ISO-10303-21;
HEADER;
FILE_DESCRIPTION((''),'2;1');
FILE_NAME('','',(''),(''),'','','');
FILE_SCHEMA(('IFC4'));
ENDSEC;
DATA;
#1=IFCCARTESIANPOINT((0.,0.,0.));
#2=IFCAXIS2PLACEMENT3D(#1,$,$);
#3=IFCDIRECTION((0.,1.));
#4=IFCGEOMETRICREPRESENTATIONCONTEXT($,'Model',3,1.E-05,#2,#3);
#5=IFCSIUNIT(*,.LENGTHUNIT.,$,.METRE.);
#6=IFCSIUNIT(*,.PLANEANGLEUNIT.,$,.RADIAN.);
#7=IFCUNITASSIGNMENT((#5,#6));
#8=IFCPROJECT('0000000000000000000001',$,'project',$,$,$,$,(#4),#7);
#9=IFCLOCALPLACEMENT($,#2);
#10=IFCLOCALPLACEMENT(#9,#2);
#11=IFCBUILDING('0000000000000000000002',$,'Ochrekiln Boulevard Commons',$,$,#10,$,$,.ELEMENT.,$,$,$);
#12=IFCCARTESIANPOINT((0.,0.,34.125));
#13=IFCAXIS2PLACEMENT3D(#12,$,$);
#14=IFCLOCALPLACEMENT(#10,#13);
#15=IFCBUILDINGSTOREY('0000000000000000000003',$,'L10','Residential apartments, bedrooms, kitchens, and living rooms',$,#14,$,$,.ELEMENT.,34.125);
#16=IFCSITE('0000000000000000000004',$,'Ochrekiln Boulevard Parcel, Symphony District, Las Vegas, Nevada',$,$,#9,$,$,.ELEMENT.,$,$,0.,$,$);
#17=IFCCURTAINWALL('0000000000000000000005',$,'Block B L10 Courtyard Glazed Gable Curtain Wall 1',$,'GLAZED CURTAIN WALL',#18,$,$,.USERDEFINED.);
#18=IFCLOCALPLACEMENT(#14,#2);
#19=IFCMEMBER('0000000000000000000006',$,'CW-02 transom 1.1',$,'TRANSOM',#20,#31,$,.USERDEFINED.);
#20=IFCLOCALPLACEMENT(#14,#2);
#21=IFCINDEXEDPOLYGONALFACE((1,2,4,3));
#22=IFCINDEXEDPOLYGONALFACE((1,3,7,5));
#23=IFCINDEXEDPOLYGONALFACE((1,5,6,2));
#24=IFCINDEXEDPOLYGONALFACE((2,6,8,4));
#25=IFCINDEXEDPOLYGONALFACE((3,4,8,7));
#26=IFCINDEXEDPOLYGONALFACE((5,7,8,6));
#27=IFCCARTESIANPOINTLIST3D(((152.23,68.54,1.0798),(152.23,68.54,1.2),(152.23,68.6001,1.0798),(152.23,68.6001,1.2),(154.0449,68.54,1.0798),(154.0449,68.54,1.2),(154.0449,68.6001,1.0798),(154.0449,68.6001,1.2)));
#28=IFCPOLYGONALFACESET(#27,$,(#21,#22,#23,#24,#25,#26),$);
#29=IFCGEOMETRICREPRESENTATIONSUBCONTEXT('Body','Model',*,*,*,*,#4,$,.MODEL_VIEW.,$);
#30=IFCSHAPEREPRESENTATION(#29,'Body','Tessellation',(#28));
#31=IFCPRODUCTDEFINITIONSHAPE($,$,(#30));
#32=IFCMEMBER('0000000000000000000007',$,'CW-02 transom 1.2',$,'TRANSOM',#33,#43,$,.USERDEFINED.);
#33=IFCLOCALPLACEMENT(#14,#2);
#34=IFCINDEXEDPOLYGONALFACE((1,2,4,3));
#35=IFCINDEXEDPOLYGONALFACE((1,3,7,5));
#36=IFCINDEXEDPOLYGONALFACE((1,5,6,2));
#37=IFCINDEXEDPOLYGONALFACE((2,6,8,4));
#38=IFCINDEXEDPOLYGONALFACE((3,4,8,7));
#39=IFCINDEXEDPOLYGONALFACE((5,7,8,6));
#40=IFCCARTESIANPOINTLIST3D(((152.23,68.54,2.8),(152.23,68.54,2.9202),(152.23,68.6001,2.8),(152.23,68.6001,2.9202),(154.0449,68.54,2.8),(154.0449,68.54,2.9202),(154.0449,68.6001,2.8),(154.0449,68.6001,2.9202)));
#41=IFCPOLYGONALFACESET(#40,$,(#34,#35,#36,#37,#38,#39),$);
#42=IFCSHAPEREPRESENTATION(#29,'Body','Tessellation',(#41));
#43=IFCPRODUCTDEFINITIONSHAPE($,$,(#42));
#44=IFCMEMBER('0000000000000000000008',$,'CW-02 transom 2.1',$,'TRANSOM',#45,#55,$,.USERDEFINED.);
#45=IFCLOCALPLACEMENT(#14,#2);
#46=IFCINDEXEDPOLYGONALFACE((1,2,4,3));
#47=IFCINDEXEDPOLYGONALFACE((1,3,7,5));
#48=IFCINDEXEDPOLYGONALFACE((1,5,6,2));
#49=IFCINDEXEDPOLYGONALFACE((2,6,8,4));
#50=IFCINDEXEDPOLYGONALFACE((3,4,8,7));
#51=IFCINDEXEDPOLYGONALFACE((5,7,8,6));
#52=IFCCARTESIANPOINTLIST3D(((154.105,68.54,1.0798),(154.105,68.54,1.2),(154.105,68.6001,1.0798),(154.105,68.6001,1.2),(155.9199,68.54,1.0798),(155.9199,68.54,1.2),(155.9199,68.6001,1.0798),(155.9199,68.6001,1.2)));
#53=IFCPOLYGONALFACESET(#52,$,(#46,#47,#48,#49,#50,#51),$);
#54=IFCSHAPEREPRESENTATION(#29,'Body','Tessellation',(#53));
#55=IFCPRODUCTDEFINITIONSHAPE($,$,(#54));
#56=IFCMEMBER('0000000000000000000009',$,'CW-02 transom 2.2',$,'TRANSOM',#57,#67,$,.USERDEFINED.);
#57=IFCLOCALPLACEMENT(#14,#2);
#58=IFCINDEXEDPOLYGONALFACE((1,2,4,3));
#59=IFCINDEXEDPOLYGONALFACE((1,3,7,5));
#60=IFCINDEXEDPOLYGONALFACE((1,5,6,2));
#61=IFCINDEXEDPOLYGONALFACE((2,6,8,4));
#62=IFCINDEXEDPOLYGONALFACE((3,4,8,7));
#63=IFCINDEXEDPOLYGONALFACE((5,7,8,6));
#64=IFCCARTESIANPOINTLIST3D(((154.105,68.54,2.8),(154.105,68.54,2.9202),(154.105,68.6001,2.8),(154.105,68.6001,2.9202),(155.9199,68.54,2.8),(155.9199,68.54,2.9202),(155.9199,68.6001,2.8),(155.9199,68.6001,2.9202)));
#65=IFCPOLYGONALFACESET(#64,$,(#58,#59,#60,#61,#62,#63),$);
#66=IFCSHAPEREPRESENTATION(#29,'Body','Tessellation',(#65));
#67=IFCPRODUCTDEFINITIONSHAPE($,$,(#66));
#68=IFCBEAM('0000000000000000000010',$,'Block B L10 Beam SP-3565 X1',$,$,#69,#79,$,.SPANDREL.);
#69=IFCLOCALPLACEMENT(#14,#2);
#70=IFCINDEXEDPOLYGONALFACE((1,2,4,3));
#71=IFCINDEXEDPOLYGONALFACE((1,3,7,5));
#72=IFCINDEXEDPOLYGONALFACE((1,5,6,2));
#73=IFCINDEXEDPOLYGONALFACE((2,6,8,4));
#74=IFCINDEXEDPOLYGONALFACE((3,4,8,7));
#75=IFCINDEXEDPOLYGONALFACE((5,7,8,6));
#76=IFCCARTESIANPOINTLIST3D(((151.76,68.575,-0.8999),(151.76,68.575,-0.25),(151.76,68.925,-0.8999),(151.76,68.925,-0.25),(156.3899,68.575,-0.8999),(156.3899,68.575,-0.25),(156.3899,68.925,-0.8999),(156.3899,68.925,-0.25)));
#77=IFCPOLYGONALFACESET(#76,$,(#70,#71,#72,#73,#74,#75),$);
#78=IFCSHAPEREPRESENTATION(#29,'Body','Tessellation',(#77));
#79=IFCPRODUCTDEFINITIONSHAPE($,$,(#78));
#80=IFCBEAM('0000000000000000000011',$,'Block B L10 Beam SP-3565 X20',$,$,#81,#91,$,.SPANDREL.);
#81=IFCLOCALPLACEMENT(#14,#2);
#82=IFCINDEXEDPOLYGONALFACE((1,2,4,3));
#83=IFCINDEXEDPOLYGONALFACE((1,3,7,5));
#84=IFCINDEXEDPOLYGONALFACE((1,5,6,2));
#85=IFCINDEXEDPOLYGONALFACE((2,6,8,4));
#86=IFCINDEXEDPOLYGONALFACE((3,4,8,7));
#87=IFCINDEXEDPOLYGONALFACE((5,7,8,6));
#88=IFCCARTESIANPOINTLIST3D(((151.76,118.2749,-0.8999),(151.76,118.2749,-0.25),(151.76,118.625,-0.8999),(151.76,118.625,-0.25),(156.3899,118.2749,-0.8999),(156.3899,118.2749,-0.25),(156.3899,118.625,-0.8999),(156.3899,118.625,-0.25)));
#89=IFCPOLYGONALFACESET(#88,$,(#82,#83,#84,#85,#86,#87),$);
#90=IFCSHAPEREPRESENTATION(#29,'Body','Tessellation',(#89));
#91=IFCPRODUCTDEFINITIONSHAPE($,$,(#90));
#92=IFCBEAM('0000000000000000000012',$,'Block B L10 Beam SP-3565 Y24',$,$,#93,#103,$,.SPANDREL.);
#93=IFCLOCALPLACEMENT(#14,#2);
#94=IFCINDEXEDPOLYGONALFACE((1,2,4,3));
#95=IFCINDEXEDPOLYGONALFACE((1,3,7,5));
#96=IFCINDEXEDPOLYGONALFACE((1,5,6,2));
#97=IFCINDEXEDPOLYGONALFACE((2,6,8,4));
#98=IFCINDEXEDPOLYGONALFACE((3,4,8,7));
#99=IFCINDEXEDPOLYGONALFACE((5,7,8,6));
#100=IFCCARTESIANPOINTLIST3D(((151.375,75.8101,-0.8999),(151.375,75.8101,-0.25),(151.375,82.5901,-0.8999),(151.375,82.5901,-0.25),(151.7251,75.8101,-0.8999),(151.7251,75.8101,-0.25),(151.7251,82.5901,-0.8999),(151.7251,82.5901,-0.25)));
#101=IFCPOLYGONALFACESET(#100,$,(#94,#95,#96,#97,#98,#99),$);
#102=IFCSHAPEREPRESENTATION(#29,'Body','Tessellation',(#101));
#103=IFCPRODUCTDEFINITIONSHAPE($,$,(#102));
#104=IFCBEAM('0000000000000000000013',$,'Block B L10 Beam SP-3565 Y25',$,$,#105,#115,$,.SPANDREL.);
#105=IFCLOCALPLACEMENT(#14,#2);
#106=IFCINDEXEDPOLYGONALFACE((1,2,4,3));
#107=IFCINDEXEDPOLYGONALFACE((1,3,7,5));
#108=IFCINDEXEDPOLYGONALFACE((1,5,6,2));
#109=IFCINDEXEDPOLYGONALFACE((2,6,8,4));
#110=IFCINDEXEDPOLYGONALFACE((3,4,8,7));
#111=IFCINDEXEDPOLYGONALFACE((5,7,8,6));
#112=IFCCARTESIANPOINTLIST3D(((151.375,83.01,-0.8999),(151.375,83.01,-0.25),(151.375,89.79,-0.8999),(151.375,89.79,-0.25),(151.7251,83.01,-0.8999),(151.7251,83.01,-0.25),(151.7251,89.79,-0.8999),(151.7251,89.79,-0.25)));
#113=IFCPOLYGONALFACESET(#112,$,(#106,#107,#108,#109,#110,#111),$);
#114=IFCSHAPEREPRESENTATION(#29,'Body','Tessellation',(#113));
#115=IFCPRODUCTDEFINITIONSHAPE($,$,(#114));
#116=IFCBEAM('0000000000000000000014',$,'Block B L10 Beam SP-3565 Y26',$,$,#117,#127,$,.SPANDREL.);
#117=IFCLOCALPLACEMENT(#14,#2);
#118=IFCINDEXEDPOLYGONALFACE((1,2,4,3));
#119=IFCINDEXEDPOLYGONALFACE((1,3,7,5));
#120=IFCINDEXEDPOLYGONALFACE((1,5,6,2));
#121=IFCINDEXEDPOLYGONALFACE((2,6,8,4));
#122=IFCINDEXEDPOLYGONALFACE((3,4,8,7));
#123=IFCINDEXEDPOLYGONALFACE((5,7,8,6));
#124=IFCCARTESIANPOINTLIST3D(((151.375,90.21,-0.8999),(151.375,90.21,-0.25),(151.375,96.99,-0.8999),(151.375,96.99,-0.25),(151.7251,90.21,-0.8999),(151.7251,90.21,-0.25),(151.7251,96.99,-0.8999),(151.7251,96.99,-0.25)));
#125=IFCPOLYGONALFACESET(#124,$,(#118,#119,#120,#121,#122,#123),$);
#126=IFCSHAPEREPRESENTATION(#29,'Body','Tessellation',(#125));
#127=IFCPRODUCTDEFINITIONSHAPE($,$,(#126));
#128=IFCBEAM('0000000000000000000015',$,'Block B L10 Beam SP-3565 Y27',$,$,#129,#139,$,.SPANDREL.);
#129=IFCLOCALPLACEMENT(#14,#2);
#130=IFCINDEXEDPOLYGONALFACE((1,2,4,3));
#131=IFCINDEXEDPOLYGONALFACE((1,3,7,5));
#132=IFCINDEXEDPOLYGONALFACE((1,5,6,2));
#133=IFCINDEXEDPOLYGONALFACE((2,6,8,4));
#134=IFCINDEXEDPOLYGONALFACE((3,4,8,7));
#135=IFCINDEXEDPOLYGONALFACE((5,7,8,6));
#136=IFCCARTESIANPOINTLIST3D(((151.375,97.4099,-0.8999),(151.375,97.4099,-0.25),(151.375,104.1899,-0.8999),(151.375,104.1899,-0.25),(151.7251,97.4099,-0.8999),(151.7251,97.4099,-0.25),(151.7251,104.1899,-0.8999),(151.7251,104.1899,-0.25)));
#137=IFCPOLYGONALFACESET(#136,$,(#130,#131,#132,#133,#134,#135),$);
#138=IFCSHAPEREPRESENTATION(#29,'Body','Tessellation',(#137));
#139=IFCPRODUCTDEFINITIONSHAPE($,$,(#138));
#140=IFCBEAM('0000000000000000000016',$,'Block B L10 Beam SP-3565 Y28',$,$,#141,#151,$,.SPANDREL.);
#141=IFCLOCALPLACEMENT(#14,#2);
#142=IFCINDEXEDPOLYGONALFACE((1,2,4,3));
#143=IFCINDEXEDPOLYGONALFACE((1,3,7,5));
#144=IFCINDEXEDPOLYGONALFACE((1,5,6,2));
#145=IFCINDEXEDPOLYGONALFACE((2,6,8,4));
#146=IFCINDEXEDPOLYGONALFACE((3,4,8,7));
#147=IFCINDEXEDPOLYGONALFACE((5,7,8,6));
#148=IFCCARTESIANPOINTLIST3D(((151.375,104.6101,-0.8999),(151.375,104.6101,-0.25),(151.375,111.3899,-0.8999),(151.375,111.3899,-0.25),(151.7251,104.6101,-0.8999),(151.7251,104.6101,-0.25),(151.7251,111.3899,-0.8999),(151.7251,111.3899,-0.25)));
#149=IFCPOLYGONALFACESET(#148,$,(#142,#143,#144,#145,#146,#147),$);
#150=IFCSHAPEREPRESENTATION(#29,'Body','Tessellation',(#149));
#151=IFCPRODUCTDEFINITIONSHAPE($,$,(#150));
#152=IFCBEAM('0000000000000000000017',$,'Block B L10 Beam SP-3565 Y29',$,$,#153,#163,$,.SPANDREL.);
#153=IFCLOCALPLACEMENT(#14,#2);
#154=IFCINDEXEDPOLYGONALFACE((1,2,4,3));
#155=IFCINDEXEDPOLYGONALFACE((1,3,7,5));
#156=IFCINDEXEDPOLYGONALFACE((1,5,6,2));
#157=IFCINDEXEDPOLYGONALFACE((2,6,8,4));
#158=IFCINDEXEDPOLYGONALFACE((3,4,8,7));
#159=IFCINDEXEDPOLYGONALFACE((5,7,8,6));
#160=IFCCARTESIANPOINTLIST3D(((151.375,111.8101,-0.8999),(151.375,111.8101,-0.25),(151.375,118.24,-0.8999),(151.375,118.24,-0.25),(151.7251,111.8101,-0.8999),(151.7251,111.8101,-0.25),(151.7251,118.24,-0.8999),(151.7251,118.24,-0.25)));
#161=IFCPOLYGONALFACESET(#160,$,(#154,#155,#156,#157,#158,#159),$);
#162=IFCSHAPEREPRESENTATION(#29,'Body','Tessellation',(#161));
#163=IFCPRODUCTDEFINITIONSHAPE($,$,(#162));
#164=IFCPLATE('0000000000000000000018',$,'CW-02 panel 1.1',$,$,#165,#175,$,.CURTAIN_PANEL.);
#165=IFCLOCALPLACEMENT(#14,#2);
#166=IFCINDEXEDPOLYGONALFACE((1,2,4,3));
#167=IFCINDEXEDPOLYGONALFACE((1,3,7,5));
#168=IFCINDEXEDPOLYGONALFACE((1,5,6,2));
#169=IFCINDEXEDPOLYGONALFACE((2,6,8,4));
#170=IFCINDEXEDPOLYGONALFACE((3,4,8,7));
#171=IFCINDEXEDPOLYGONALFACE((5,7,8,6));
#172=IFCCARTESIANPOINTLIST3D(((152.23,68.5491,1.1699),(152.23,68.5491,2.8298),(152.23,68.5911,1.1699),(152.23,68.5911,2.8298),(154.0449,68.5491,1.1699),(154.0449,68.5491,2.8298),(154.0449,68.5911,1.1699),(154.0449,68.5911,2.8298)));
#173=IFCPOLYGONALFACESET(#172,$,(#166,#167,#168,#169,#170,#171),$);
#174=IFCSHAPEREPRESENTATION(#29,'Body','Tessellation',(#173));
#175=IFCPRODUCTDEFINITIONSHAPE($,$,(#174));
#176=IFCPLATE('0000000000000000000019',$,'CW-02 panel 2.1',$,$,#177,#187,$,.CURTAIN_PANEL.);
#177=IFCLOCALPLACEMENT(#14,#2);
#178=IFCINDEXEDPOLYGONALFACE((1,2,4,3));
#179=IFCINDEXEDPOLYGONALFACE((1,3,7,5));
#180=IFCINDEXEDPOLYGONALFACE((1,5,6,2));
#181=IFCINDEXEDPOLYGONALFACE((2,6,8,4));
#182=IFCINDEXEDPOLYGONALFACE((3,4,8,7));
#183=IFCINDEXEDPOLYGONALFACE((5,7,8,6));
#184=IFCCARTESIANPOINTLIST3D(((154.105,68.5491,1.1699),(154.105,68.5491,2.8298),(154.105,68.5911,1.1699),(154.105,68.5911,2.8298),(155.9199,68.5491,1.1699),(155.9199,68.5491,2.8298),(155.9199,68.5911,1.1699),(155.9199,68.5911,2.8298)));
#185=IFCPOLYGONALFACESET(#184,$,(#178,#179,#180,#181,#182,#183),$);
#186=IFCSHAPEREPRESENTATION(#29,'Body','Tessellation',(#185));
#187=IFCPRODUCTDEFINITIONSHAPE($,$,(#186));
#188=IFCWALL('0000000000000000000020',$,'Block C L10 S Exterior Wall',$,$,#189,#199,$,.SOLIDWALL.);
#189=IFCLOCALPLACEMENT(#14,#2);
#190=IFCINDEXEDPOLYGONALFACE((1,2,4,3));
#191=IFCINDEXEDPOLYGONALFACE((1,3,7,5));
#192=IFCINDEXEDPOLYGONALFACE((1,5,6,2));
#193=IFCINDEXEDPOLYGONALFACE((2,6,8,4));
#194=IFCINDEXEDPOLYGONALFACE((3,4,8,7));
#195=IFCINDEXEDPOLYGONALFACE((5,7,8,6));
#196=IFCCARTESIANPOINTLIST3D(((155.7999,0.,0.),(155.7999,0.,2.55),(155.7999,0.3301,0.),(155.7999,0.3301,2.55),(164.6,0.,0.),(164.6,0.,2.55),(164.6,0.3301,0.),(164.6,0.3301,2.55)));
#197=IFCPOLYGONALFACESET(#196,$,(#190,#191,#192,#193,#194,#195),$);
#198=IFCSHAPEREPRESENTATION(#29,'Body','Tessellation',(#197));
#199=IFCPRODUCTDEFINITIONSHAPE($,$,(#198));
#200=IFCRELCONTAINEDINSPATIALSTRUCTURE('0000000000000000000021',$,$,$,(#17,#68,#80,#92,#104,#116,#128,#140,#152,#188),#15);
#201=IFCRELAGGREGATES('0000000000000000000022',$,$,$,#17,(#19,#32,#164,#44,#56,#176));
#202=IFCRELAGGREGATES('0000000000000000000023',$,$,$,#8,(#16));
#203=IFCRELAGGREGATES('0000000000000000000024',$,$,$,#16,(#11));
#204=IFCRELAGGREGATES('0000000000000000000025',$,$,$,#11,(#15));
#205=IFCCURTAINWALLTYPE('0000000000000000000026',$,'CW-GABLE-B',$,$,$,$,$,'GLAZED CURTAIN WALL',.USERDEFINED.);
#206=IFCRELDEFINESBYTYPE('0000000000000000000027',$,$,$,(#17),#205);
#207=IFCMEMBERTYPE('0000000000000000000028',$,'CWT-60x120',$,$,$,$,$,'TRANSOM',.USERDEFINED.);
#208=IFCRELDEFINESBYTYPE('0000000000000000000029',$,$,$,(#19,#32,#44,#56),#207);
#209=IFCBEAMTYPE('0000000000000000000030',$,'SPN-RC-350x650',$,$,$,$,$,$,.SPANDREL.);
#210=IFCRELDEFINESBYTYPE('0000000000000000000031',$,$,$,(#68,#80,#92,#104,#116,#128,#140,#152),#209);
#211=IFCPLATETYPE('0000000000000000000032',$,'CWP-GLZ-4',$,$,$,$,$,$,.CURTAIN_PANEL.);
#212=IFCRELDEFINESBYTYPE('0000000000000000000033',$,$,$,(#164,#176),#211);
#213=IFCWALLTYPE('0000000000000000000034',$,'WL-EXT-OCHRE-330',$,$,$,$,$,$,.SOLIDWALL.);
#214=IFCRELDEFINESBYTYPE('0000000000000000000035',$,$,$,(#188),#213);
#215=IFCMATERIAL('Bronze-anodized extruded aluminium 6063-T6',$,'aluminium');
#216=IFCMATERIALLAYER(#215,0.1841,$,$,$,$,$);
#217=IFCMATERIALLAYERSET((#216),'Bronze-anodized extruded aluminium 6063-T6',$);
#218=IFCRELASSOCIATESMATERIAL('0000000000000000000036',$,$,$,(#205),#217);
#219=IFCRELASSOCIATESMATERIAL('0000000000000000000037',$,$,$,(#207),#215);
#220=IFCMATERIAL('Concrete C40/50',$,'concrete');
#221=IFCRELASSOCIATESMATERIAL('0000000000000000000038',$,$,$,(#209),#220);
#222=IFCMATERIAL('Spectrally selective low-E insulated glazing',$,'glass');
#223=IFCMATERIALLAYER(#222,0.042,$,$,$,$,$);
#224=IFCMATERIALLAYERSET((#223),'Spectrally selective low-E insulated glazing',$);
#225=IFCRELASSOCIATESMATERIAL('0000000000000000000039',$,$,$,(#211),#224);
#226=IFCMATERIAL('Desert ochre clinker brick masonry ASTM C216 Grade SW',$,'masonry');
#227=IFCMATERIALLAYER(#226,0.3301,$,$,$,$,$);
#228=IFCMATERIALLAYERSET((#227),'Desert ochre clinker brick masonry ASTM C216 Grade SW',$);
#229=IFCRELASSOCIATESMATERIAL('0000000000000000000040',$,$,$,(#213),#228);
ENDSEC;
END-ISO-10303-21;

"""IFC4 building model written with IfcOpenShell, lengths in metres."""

from ifc_helpers import new_model, si_unit, direction, frame, frame_2d, origin, origin_2d, place, context, subcontext, project, spatial, rectangle, extrude, material, layer, layer_set, material_profile, profile_set, type_object, element, aggregate, save


model = new_model("IFC4")

# Units and contexts
model_context = context("Model", 3, precision=1e-05, world=origin(), true_north=direction((0.0, 1.0)))
body_context = subcontext(model_context, "Body", "Model", "MODEL_VIEW")
ifc_project = project(units=[si_unit("LENGTHUNIT", "METRE"), si_unit("PLANEANGLEUNIT", "RADIAN")], contexts=[model_context])

# Site, building, storey
site_placement = place(None, origin())
site = spatial("IfcSite", under=ifc_project, at=site_placement, Name="Ochrekiln Boulevard Parcel, Symphony District, Las Vegas, Nevada", CompositionType="ELEMENT", RefElevation=0.0)
building_placement = place(site_placement, origin())
building = spatial("IfcBuilding", under=site, at=building_placement, Name="Ochrekiln Boulevard Commons", CompositionType="ELEMENT")
storey_placement = place(building_placement, frame((0.0, 0.0, 34.125)))
storey = spatial("IfcBuildingStorey", under=building, at=storey_placement, Name="L10", Description="Residential apartments, bedrooms, kitchens, and living rooms", CompositionType="ELEMENT", Elevation=34.125)

# Curtain wall, members
ifc_material_1 = material(Name="Bronze-anodized extruded aluminium 6063-T6", Category="aluminium")
ifc_layer_1 = layer(ifc_material_1, 0.1841)
ifc_layer_set_1 = layer_set([ifc_layer_1], Name="Bronze-anodized extruded aluminium 6063-T6")
curtain_wall_type = type_object("IfcCurtainWallType", Name="CW-GABLE-B", ElementType="GLAZED CURTAIN WALL", PredefinedType="USERDEFINED", material=ifc_layer_set_1)
curtain_wall_placement = place(storey_placement, origin())
curtain_wall = element("IfcCurtainWall", 1, at=curtain_wall_placement, inside=storey, type_object=curtain_wall_type, Name="Block B L10 Courtyard Glazed Gable Curtain Wall 1", ObjectType="GLAZED CURTAIN WALL", PredefinedType="USERDEFINED")
ifc_material_profile_1 = material_profile(ifc_material_1, rectangle(XDim=0.0601, YDim=0.1201, at=origin_2d()), Name="ALU-TRN-60x120")
ifc_profile_set_1 = profile_set([ifc_material_profile_1], Name="Bronze-anodized extruded aluminium 6063-T6")
member_type_1 = type_object("IfcMemberType", Name="CWT-60x120", ElementType="TRANSOM", PredefinedType="USERDEFINED", material=ifc_profile_set_1)
member_1_placement = place(storey_placement, frame((152.23, 68.5701, 1.1399), z_axis=(1.0, 0.0, 0.0), x_axis=(0.0, 1.0, 0.0)))
member_1 = element("IfcMember", 2, at=member_1_placement, type_object=member_type_1, Name="CW-02 transom 1.1", ObjectType="TRANSOM", PredefinedType="USERDEFINED", context=body_context, shape_type="SweptSolid", body=[
    extrude(rectangle(XDim=0.0601, YDim=0.1201, at=origin_2d()), origin(), (0.0, 0.0, 1.0), 1.8149),
])
member_2_placement = place(storey_placement, frame((152.23, 68.5701, 2.8601), z_axis=(1.0, 0.0, 0.0), x_axis=(0.0, 1.0, 0.0)))
member_2 = element("IfcMember", 3, at=member_2_placement, type_object=member_type_1, Name="CW-02 transom 1.2", ObjectType="TRANSOM", PredefinedType="USERDEFINED", context=body_context, shape_type="SweptSolid", body=[
    extrude(rectangle(XDim=0.0601, YDim=0.1201, at=origin_2d()), origin(), (0.0, 0.0, 1.0), 1.8149),
])
member_3_placement = place(storey_placement, frame((154.105, 68.5701, 1.1399), z_axis=(1.0, 0.0, 0.0), x_axis=(0.0, 1.0, 0.0)))
member_3 = element("IfcMember", 4, at=member_3_placement, type_object=member_type_1, Name="CW-02 transom 2.1", ObjectType="TRANSOM", PredefinedType="USERDEFINED", context=body_context, shape_type="SweptSolid", body=[
    extrude(rectangle(XDim=0.0601, YDim=0.1201, at=origin_2d()), origin(), (0.0, 0.0, 1.0), 1.8149),
])
member_4_placement = place(storey_placement, frame((154.105, 68.5701, 2.8601), z_axis=(1.0, 0.0, 0.0), x_axis=(0.0, 1.0, 0.0)))
member_4 = element("IfcMember", 5, at=member_4_placement, type_object=member_type_1, Name="CW-02 transom 2.2", ObjectType="TRANSOM", PredefinedType="USERDEFINED", context=body_context, shape_type="SweptSolid", body=[
    extrude(rectangle(XDim=0.0601, YDim=0.1201, at=origin_2d()), origin(), (0.0, 0.0, 1.0), 1.8149),
])

# Beams
ifc_material_2 = material(Name="Concrete C40/50", Category="concrete")
ifc_material_profile_2 = material_profile(ifc_material_2, rectangle(XDim=0.3501, YDim=0.6499, at=origin_2d()), Name="RC-SPN-350x650")
ifc_profile_set_2 = profile_set([ifc_material_profile_2], Name="Concrete C40/50")
beam_type_1 = type_object("IfcBeamType", Name="SPN-RC-350x650", PredefinedType="SPANDREL", material=ifc_profile_set_2)
for number, where, z_axis, x_axis, name in (
    (6, (151.76, 68.75, -0.575), (1.0, 0.0, 0.0), (0.0, 1.0, 0.0), "Block B L10 Beam SP-3565 X1"),
    (7, (151.76, 118.45, -0.575), (1.0, 0.0, 0.0), (0.0, 1.0, 0.0), "Block B L10 Beam SP-3565 X20"),
):
    element("IfcBeam", number, at=place(storey_placement, frame(where, z_axis=z_axis, x_axis=x_axis)), inside=storey, type_object=beam_type_1, Name=name, PredefinedType="SPANDREL", context=body_context, shape_type="SweptSolid", body=[
        extrude(rectangle(XDim=0.3501, YDim=0.6499, at=origin_2d()), origin(), (0.0, 0.0, 1.0), 4.6299),
    ])
for number, where, z_axis, x_axis, name in (
    (8, (151.55, 75.8101, -0.575), (0.0, 1.0, 0.0), (-1.0, 0.0, 0.0), "Block B L10 Beam SP-3565 Y24"),
    (9, (151.55, 83.01, -0.575), (0.0, 1.0, 0.0), (-1.0, 0.0, 0.0), "Block B L10 Beam SP-3565 Y25"),
    (10, (151.55, 90.21, -0.575), (0.0, 1.0, 0.0), (-1.0, 0.0, 0.0), "Block B L10 Beam SP-3565 Y26"),
    (11, (151.55, 97.4099, -0.575), (0.0, 1.0, 0.0), (-1.0, 0.0, 0.0), "Block B L10 Beam SP-3565 Y27"),
):
    element("IfcBeam", number, at=place(storey_placement, frame(where, z_axis=z_axis, x_axis=x_axis)), inside=storey, type_object=beam_type_1, Name=name, PredefinedType="SPANDREL", context=body_context, shape_type="SweptSolid", body=[
        extrude(rectangle(XDim=0.3501, YDim=0.6499, at=origin_2d()), origin(), (0.0, 0.0, 1.0), 6.78),
    ])
beam_1_placement = place(storey_placement, frame((151.55, 104.6101, -0.575), z_axis=(0.0, 1.0, 0.0), x_axis=(-1.0, 0.0, 0.0)))
element("IfcBeam", 12, at=beam_1_placement, inside=storey, type_object=beam_type_1, Name="Block B L10 Beam SP-3565 Y28", PredefinedType="SPANDREL", context=body_context, shape_type="SweptSolid", body=[
    extrude(rectangle(XDim=0.3501, YDim=0.6499, at=origin_2d()), origin(), (0.0, 0.0, 1.0), 6.7798),
])
beam_2_placement = place(storey_placement, frame((151.55, 111.8101, -0.575), z_axis=(0.0, 1.0, 0.0), x_axis=(-1.0, 0.0, 0.0)))
element("IfcBeam", 13, at=beam_2_placement, inside=storey, type_object=beam_type_1, Name="Block B L10 Beam SP-3565 Y29", PredefinedType="SPANDREL", context=body_context, shape_type="SweptSolid", body=[
    extrude(rectangle(XDim=0.3501, YDim=0.6499, at=origin_2d()), origin(), (0.0, 0.0, 1.0), 6.4299),
])

# Plates
ifc_material_3 = material(Name="Spectrally selective low-E insulated glazing", Category="glass")
ifc_layer_2 = layer(ifc_material_3, 0.042)
ifc_layer_set_2 = layer_set([ifc_layer_2], Name="Spectrally selective low-E insulated glazing")
plate_type = type_object("IfcPlateType", Name="CWP-GLZ-4", PredefinedType="CURTAIN_PANEL", material=ifc_layer_set_2)
plate_1_placement = place(storey_placement, frame((153.1375, 68.5701, 1.1699), z_axis=(0.0, 0.0, 1.0), x_axis=(1.0, 0.0, 0.0)))
plate_1 = element("IfcPlate", 14, at=plate_1_placement, type_object=plate_type, Name="CW-02 panel 1.1", PredefinedType="CURTAIN_PANEL", context=body_context, shape_type="SweptSolid", body=[
    extrude(rectangle(XDim=1.8149, YDim=0.042, at=origin_2d()), origin(), (0.0, 0.0, 1.0), 1.6599),
])
plate_2_placement = place(storey_placement, frame((155.0125, 68.5701, 1.1699), z_axis=(0.0, 0.0, 1.0), x_axis=(1.0, 0.0, 0.0)))
plate_2 = element("IfcPlate", 15, at=plate_2_placement, type_object=plate_type, Name="CW-02 panel 2.1", PredefinedType="CURTAIN_PANEL", context=body_context, shape_type="SweptSolid", body=[
    extrude(rectangle(XDim=1.8149, YDim=0.042, at=origin_2d()), origin(), (0.0, 0.0, 1.0), 1.6599),
])
aggregate(curtain_wall, [member_1, member_2, plate_1, member_3, member_4, plate_2])

# Wall
ifc_material_4 = material(Name="Desert ochre clinker brick masonry ASTM C216 Grade SW", Category="masonry")
ifc_layer_3 = layer(ifc_material_4, 0.3301)
ifc_layer_set_3 = layer_set([ifc_layer_3], Name="Desert ochre clinker brick masonry ASTM C216 Grade SW")
wall_type = type_object("IfcWallType", Name="WL-EXT-OCHRE-330", PredefinedType="SOLIDWALL", material=ifc_layer_set_3)
wall_1_placement = place(storey_placement, frame((155.8, 0.165, 0.0), z_axis=(0.0, 0.0, 1.0), x_axis=(1.0, 0.0, 0.0)))
element("IfcWall", 16, at=wall_1_placement, inside=storey, type_object=wall_type, Name="Block C L10 S Exterior Wall", PredefinedType="SOLIDWALL", context=body_context, shape_type="SweptSolid", body=[
    extrude(rectangle(XDim=8.8, YDim=0.3301, at=frame_2d((4.3999, 0.0))), origin(), (0.0, 0.0, 1.0), 2.55),
])

save(model, "model.ifc")
